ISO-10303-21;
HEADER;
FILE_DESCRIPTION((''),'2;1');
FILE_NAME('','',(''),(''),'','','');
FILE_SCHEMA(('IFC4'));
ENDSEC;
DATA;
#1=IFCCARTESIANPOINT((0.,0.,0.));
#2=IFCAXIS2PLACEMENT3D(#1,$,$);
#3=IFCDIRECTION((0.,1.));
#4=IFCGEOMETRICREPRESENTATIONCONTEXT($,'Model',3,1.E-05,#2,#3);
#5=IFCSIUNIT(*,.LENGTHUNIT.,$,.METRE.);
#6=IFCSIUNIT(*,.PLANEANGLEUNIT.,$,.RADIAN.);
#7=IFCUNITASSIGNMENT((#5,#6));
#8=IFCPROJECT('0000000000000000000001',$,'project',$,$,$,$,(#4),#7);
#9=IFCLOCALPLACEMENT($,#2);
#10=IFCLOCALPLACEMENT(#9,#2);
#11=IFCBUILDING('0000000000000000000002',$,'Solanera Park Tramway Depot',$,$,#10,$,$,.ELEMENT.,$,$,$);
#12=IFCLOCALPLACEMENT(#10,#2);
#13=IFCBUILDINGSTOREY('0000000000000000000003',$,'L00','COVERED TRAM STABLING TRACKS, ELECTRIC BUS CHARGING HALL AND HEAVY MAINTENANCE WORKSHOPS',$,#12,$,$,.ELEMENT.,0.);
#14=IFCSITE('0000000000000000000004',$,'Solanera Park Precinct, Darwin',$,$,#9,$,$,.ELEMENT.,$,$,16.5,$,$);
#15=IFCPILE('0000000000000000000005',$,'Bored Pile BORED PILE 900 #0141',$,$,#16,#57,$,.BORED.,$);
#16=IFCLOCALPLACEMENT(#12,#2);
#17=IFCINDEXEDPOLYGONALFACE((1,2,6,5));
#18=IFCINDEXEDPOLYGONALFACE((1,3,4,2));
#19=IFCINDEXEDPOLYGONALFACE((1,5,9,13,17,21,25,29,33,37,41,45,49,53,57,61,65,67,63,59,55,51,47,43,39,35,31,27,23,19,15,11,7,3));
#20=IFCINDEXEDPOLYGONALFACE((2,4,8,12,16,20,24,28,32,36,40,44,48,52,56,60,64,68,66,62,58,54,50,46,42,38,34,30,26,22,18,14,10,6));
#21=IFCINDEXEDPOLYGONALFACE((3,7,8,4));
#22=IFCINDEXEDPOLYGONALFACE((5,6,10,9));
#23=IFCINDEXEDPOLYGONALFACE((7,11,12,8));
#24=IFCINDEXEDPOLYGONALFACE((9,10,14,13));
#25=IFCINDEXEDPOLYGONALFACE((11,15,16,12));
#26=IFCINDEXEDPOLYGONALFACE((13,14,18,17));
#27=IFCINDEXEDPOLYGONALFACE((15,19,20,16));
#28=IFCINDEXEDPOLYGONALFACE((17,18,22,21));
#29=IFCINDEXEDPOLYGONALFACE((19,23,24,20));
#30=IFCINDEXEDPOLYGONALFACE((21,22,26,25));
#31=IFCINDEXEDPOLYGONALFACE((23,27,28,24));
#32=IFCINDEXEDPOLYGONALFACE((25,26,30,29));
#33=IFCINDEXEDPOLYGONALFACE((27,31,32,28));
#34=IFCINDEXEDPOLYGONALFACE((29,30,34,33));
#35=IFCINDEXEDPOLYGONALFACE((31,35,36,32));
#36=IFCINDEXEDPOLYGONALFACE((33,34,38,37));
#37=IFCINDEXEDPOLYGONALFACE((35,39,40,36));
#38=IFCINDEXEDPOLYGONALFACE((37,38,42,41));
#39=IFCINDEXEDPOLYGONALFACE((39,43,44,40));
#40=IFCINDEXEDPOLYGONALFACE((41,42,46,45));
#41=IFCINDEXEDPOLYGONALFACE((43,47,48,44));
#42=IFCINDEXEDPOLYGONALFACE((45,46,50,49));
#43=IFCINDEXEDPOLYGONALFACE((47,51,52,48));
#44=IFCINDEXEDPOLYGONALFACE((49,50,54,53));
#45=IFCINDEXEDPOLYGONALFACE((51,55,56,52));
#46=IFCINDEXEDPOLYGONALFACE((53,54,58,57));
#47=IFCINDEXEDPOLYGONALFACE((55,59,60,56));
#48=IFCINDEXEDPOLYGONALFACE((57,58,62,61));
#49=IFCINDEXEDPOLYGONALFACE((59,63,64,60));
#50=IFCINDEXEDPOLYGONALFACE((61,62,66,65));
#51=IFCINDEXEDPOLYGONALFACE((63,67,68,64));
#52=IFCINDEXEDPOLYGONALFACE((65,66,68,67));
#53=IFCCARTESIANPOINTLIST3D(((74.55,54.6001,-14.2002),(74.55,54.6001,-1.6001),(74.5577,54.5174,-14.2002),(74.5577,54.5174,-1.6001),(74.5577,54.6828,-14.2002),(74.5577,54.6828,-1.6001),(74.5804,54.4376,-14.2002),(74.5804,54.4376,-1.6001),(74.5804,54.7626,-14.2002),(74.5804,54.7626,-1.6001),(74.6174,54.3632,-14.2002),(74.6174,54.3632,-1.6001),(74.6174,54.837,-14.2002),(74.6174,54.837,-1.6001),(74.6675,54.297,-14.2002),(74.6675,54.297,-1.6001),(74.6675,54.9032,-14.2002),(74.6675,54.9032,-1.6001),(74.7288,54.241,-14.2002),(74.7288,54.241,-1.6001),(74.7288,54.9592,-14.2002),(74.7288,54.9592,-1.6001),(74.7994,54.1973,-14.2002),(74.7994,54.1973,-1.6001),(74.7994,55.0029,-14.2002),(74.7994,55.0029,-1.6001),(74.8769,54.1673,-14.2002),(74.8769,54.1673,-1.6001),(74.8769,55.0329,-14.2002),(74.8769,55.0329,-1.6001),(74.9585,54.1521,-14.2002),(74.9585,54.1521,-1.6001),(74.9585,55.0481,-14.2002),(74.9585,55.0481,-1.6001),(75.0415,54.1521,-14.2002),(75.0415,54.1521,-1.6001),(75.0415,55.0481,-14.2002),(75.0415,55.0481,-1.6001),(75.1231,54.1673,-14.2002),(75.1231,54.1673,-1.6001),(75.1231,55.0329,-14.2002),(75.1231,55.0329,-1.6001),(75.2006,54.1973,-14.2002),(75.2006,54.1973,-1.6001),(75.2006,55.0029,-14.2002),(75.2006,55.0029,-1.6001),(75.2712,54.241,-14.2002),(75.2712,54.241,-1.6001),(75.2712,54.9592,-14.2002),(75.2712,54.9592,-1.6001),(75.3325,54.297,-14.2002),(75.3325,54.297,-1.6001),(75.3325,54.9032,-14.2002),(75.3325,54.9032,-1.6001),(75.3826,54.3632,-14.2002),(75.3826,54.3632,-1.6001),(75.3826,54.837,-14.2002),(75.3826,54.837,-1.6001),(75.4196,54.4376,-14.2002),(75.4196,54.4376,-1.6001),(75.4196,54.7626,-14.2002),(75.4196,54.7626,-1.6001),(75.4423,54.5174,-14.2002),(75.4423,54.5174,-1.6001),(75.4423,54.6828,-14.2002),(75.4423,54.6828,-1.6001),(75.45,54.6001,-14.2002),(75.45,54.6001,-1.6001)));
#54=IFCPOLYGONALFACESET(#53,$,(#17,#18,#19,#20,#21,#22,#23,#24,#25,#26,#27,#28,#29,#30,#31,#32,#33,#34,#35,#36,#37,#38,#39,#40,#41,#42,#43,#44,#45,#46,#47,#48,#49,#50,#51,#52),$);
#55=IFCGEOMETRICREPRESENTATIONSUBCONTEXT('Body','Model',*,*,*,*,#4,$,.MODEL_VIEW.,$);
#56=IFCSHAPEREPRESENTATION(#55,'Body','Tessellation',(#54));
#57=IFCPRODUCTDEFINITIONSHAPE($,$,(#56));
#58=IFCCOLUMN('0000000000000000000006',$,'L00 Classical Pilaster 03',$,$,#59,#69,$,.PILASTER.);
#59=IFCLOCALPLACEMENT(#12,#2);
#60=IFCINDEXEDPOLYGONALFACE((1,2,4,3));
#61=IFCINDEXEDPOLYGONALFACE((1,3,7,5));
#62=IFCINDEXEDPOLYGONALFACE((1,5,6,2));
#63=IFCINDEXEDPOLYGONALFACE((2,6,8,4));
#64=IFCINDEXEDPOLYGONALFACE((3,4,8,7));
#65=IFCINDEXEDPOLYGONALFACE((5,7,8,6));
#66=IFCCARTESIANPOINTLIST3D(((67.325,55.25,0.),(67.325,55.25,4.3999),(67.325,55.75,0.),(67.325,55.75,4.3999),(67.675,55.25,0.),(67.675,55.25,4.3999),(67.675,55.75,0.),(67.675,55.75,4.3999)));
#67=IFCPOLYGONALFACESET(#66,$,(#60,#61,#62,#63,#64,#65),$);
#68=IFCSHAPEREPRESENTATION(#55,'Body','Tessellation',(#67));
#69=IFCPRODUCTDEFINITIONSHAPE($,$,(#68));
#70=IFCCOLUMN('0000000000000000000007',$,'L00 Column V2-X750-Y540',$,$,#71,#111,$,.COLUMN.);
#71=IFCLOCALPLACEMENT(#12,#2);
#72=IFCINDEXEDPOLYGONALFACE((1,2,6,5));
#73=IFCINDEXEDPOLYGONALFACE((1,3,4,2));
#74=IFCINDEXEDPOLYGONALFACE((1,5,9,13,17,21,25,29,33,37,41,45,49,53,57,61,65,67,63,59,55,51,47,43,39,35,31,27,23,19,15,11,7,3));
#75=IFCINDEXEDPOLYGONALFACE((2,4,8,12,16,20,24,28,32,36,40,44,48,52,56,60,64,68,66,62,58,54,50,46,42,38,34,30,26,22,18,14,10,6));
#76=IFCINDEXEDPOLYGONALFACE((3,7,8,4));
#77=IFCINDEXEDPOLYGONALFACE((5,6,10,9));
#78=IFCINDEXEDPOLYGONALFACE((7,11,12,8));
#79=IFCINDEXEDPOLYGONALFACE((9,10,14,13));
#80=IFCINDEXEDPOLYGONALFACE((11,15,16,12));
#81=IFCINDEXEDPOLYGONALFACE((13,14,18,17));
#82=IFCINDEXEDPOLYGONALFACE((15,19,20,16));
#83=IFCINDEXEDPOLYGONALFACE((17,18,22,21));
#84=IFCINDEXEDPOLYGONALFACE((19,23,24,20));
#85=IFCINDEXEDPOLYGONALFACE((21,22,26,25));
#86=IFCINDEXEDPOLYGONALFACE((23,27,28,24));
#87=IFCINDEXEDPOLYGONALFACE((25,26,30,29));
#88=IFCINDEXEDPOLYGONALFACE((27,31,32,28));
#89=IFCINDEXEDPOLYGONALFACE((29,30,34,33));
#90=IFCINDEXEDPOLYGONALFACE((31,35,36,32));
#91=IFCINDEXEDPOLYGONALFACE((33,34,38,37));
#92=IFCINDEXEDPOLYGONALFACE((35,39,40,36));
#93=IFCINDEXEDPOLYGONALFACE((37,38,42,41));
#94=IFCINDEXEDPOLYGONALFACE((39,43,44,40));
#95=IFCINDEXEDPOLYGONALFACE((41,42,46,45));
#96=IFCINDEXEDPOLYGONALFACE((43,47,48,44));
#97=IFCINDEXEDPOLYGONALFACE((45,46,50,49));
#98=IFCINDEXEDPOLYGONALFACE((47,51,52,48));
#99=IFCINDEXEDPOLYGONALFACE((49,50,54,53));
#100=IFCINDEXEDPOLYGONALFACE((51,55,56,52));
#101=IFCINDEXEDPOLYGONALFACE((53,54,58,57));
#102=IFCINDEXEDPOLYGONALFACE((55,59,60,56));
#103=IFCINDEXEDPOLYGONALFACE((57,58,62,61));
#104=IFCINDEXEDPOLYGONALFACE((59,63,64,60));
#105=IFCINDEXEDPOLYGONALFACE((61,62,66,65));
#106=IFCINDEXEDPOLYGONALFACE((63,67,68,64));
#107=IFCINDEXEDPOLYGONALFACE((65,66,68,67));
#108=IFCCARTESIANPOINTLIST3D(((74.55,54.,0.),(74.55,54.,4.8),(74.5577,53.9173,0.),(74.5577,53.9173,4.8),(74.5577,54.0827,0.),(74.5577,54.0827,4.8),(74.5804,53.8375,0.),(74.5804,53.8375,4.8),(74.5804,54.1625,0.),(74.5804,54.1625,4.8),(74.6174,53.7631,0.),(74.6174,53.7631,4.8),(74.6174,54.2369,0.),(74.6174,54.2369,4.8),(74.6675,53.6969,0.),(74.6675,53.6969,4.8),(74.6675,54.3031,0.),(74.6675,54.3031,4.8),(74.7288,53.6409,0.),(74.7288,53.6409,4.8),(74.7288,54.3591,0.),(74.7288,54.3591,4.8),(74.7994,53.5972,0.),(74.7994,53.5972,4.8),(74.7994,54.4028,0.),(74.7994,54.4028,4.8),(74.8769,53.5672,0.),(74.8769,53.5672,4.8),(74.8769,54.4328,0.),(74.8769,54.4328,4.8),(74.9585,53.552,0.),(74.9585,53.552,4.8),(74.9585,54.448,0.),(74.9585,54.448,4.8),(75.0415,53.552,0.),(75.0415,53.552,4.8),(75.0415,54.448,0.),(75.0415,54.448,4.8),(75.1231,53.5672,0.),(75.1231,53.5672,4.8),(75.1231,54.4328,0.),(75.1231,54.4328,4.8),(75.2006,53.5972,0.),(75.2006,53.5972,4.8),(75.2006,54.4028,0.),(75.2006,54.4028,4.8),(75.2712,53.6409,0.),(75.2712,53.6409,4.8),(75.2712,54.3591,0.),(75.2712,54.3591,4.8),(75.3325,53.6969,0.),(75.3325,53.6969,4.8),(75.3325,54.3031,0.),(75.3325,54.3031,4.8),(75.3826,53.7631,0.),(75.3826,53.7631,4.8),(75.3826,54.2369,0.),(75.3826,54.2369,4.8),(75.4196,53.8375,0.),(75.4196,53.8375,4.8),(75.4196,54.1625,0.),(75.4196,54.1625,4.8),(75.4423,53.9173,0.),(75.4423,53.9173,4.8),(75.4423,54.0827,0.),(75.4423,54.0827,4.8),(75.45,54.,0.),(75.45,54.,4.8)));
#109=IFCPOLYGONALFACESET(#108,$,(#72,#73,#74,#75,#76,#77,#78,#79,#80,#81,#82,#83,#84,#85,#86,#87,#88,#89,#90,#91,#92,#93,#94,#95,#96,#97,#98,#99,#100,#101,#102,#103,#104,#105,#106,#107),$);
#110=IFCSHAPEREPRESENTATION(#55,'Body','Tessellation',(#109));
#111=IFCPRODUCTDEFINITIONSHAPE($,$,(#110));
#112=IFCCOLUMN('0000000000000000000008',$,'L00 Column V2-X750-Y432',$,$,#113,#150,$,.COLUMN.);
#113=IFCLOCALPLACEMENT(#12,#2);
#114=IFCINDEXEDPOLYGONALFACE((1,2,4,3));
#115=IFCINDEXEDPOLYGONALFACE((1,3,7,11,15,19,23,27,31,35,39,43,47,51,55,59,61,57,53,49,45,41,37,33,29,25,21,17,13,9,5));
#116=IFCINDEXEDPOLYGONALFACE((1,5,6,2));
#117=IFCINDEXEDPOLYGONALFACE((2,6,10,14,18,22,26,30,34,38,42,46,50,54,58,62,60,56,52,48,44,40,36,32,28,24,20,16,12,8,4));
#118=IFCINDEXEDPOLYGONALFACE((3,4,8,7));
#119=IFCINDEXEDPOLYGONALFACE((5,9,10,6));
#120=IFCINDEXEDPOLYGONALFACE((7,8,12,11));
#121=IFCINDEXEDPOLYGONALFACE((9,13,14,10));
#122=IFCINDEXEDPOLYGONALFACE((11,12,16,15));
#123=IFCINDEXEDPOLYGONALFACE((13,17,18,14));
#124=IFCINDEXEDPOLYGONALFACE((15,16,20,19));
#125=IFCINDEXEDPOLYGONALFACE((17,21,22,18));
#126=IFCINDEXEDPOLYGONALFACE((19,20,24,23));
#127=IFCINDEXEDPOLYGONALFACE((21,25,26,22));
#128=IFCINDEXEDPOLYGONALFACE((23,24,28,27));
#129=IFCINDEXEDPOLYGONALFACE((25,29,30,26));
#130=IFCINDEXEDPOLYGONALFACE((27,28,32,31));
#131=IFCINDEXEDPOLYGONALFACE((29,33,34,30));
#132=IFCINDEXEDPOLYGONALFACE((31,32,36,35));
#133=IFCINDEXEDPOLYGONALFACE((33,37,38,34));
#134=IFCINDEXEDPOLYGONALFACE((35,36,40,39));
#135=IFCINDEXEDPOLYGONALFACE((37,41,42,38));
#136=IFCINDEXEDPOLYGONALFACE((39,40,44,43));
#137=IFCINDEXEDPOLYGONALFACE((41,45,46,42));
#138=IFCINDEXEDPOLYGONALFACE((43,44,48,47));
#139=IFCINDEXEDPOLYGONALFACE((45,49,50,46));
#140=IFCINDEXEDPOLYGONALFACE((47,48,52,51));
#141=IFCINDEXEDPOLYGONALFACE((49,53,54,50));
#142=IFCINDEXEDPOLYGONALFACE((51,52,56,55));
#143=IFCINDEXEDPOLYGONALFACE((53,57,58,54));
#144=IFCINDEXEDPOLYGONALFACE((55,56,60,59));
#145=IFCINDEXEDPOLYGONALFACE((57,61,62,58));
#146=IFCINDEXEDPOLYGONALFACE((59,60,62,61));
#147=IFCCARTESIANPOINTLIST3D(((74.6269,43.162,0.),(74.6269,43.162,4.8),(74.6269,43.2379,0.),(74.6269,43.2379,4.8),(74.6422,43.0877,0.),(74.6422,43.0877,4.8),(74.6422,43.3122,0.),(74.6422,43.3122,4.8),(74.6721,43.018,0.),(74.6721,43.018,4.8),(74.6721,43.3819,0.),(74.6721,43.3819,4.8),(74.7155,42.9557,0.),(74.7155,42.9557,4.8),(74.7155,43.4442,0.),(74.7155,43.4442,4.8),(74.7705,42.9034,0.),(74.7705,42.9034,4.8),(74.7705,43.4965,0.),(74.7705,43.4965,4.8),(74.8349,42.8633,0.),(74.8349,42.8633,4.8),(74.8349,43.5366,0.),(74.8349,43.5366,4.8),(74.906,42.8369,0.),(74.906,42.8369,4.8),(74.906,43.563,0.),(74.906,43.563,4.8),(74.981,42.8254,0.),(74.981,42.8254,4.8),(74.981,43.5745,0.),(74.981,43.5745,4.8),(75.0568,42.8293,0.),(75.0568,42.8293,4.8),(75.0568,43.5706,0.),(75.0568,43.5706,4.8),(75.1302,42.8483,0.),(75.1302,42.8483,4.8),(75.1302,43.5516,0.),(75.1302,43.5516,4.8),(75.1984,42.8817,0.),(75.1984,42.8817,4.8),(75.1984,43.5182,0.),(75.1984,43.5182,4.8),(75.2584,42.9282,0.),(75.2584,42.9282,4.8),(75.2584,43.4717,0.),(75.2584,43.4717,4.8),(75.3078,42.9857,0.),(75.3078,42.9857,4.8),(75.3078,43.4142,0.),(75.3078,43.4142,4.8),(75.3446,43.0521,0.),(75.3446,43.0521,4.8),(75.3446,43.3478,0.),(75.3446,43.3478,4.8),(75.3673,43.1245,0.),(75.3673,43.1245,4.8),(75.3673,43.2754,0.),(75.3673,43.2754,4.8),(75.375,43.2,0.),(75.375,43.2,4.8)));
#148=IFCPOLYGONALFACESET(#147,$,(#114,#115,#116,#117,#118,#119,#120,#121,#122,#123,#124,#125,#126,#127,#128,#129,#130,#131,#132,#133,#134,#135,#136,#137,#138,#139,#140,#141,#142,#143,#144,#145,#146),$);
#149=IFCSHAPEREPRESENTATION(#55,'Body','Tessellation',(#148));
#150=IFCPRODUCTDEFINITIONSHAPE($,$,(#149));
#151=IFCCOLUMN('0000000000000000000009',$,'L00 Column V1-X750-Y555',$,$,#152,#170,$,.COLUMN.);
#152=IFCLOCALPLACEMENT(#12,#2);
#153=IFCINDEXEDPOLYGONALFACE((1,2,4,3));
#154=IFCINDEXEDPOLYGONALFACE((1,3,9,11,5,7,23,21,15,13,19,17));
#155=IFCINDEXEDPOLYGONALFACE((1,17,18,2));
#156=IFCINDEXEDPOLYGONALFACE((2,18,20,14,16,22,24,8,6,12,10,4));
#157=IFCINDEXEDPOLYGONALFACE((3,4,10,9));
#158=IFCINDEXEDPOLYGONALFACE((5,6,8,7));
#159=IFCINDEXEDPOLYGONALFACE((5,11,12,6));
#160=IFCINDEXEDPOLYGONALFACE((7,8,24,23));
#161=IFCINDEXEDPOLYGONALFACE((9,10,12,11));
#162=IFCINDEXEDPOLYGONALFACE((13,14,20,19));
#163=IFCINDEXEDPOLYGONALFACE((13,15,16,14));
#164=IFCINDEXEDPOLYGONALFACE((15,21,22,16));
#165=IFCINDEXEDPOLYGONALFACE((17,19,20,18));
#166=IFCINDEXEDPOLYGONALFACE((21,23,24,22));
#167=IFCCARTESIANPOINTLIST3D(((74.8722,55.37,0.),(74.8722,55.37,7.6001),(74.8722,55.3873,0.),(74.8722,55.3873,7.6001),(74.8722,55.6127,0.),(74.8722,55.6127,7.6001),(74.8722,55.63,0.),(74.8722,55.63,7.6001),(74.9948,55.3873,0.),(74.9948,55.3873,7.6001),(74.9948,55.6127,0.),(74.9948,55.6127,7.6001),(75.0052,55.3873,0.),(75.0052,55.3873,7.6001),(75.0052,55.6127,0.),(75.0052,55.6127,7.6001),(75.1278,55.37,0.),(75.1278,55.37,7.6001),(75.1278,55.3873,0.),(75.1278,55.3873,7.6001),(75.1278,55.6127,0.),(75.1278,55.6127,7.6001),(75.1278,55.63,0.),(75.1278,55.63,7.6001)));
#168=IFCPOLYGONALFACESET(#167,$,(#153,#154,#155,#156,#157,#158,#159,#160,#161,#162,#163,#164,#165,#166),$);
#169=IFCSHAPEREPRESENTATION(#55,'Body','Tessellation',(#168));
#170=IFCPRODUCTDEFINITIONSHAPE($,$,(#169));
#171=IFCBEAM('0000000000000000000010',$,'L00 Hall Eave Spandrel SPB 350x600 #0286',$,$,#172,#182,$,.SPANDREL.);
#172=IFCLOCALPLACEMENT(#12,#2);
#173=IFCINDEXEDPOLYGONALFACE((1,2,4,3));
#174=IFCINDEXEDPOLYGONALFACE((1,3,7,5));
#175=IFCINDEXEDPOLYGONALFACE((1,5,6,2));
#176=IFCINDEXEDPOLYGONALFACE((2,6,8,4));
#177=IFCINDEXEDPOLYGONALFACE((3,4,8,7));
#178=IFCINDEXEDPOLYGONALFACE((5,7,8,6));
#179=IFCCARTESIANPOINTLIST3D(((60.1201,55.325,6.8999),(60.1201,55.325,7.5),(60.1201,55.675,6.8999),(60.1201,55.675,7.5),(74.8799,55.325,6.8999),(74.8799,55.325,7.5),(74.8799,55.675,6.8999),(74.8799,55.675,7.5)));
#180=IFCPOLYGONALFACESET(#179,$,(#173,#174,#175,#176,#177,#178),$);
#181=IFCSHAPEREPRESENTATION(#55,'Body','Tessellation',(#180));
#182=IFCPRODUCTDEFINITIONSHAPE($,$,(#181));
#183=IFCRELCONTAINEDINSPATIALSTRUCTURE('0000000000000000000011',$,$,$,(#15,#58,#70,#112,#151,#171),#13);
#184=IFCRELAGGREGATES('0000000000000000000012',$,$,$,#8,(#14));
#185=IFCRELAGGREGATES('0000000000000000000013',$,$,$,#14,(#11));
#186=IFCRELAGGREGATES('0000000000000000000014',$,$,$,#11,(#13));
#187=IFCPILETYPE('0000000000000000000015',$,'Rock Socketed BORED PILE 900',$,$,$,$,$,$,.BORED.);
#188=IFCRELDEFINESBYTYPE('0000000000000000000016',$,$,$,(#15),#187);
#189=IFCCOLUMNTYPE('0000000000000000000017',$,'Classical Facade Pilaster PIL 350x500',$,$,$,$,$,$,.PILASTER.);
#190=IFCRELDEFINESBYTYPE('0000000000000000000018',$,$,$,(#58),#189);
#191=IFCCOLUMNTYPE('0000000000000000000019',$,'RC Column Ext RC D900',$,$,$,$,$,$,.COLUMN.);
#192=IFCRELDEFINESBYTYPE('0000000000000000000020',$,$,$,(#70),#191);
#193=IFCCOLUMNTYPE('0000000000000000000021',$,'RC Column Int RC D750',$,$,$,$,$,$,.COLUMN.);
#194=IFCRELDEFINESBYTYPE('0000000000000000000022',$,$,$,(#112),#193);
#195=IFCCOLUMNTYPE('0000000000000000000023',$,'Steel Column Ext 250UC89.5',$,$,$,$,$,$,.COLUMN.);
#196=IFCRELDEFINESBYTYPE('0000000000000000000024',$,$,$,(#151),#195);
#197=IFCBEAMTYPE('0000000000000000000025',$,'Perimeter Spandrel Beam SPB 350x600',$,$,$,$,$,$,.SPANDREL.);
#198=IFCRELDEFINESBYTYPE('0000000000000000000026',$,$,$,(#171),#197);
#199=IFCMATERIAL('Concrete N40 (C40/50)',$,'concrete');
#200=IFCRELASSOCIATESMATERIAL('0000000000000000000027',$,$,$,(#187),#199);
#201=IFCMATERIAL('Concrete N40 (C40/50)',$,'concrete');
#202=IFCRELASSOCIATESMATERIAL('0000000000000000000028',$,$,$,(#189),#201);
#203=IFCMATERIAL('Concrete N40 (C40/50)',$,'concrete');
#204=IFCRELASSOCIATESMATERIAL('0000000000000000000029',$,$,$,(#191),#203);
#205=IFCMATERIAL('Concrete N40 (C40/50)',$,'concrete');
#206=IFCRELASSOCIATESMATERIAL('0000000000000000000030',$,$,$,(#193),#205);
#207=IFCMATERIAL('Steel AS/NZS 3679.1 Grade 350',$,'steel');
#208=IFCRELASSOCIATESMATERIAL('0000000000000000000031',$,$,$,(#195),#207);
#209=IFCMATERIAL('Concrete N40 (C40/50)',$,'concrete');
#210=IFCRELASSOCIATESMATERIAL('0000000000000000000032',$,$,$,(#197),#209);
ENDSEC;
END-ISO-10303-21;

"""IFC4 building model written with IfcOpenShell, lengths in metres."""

from ifc_helpers import new_model, si_unit, direction, frame, origin, origin_2d, place, context, subcontext, project, spatial, rectangle, circle, i_section, extrude, material, material_profile, profile_set, type_object, element, save


model = new_model("IFC4")

# Units and contexts
model_context = context("Model", 3, precision=1e-05, world=origin(), true_north=direction((0.0, 1.0)))
body_context = subcontext(model_context, "Body", "Model", "MODEL_VIEW")
ifc_project = project(units=[si_unit("LENGTHUNIT", "METRE"), si_unit("PLANEANGLEUNIT", "RADIAN")], contexts=[model_context])

# Site, building, storey
site_placement = place(None, origin())
site = spatial("IfcSite", under=ifc_project, at=site_placement, Name="Solanera Park Precinct, Darwin", CompositionType="ELEMENT", RefElevation=16.5)
building_placement = place(site_placement, origin())
building = spatial("IfcBuilding", under=site, at=building_placement, Name="Solanera Park Tramway Depot", CompositionType="ELEMENT")
storey_placement = place(building_placement, origin())
storey = spatial("IfcBuildingStorey", under=building, at=storey_placement, Name="L00", Description="COVERED TRAM STABLING TRACKS, ELECTRIC BUS CHARGING HALL AND HEAVY MAINTENANCE WORKSHOPS", CompositionType="ELEMENT", Elevation=0.0)

# Pile
ifc_material_1 = material(Name="Concrete N40 (C40/50)", Category="concrete")
ifc_material_profile_1 = material_profile(ifc_material_1, circle(Radius=0.45, at=origin_2d()), Name="BORED PILE 900")
ifc_profile_set_1 = profile_set([ifc_material_profile_1], Name="Concrete N40 (C40/50)")
pile_type_1 = type_object("IfcPileType", Name="Rock Socketed BORED PILE 900", PredefinedType="BORED", material=ifc_profile_set_1)
pile_1_placement = place(storey_placement, frame((75.0, 54.6001, -1.6001), z_axis=(0.0, 0.0, -1.0), x_axis=(1.0, 0.0, 0.0)))
element("IfcPile", 1, at=pile_1_placement, inside=storey, type_object=pile_type_1, Name="Bored Pile BORED PILE 900 #0141", PredefinedType="BORED", context=body_context, shape_type="SweptSolid", body=[
    extrude(circle(Radius=0.45, at=origin_2d()), origin(), (0.0, 0.0, 1.0), 12.6001),
])

# Columns
ifc_material_2 = material(Name="Concrete N40 (C40/50)", Category="concrete")
ifc_material_profile_2 = material_profile(ifc_material_2, rectangle(XDim=0.3501, YDim=0.5, at=origin_2d()), Name="PIL 350x500")
ifc_profile_set_2 = profile_set([ifc_material_profile_2], Name="Concrete N40 (C40/50)")
column_type_1 = type_object("IfcColumnType", Name="Classical Facade Pilaster PIL 350x500", PredefinedType="PILASTER", material=ifc_profile_set_2)
column_1_placement = place(storey_placement, frame((67.5, 55.5, 0.0), z_axis=(0.0, 0.0, 1.0), x_axis=(1.0, 0.0, 0.0)))
element("IfcColumn", 2, at=column_1_placement, inside=storey, type_object=column_type_1, Name="L00 Classical Pilaster 03", PredefinedType="PILASTER", context=body_context, shape_type="SweptSolid", body=[
    extrude(rectangle(XDim=0.3501, YDim=0.5, at=origin_2d()), origin(), (0.0, 0.0, 1.0), 4.3999),
])
ifc_material_3 = material(Name="Concrete N40 (C40/50)", Category="concrete")
ifc_material_profile_3 = material_profile(ifc_material_3, circle(Radius=0.45, at=origin_2d()), Name="RC D900")
ifc_profile_set_3 = profile_set([ifc_material_profile_3], Name="Concrete N40 (C40/50)")
column_type_2 = type_object("IfcColumnType", Name="RC Column Ext RC D900", PredefinedType="COLUMN", material=ifc_profile_set_3)
column_2_placement = place(storey_placement, frame((75.0, 54.0, 0.0), z_axis=(0.0, 0.0, 1.0), x_axis=(1.0, 0.0, 0.0)))
element("IfcColumn", 3, at=column_2_placement, inside=storey, type_object=column_type_2, Name="L00 Column V2-X750-Y540", PredefinedType="COLUMN", context=body_context, shape_type="SweptSolid", body=[
    extrude(circle(Radius=0.45, at=origin_2d()), origin(), (0.0, 0.0, 1.0), 4.8),
])
ifc_material_4 = material(Name="Concrete N40 (C40/50)", Category="concrete")
ifc_material_profile_4 = material_profile(ifc_material_4, circle(Radius=0.375, at=origin_2d()), Name="RC D750")
ifc_profile_set_4 = profile_set([ifc_material_profile_4], Name="Concrete N40 (C40/50)")
column_type_3 = type_object("IfcColumnType", Name="RC Column Int RC D750", PredefinedType="COLUMN", material=ifc_profile_set_4)
column_3_placement = place(storey_placement, frame((75.0, 43.2, 0.0), z_axis=(0.0, 0.0, 1.0), x_axis=(1.0, 0.0, 0.0)))
element("IfcColumn", 4, at=column_3_placement, inside=storey, type_object=column_type_3, Name="L00 Column V2-X750-Y432", PredefinedType="COLUMN", context=body_context, shape_type="SweptSolid", body=[
    extrude(circle(Radius=0.375, at=origin_2d()), origin(), (0.0, 0.0, 1.0), 4.8),
])
ifc_material_5 = material(Name="Steel AS/NZS 3679.1 Grade 350", Category="steel")
ifc_material_profile_5 = material_profile(ifc_material_5, i_section(OverallWidth=0.2556, OverallDepth=0.26, WebThickness=0.0105, FlangeThickness=0.0173, at=origin_2d()), Name="250UC89.5")
ifc_profile_set_5 = profile_set([ifc_material_profile_5], Name="Steel AS/NZS 3679.1 Grade 350")
column_type_4 = type_object("IfcColumnType", Name="Steel Column Ext 250UC89.5", PredefinedType="COLUMN", material=ifc_profile_set_5)
column_4_placement = place(storey_placement, frame((75.0, 55.5, 0.0), z_axis=(0.0, 0.0, 1.0), x_axis=(1.0, 0.0, 0.0)))
element("IfcColumn", 5, at=column_4_placement, inside=storey, type_object=column_type_4, Name="L00 Column V1-X750-Y555", PredefinedType="COLUMN", context=body_context, shape_type="SweptSolid", body=[
    extrude(i_section(OverallWidth=0.2556, OverallDepth=0.26, WebThickness=0.0105, FlangeThickness=0.0173, at=origin_2d()), origin(), (0.0, 0.0, 1.0), 7.6001),
])

# Beam
ifc_material_6 = material(Name="Concrete N40 (C40/50)", Category="concrete")
ifc_material_profile_6 = material_profile(ifc_material_6, rectangle(XDim=0.3501, YDim=0.6001, at=origin_2d()), Name="SPB 350x600")
ifc_profile_set_6 = profile_set([ifc_material_profile_6], Name="Concrete N40 (C40/50)")
beam_type_1 = type_object("IfcBeamType", Name="Perimeter Spandrel Beam SPB 350x600", PredefinedType="SPANDREL", material=ifc_profile_set_6)
beam_1_placement = place(storey_placement, frame((60.1201, 55.5, 7.2), z_axis=(1.0, 0.0, 0.0), x_axis=(0.0, 1.0, 0.0)))
element("IfcBeam", 6, at=beam_1_placement, inside=storey, type_object=beam_type_1, Name="L00 Hall Eave Spandrel SPB 350x600 #0286", PredefinedType="SPANDREL", context=body_context, shape_type="SweptSolid", body=[
    extrude(rectangle(XDim=0.3501, YDim=0.6001, at=origin_2d()), origin(), (0.0, 0.0, 1.0), 14.7598),
])

save(model, "model.ifc")
